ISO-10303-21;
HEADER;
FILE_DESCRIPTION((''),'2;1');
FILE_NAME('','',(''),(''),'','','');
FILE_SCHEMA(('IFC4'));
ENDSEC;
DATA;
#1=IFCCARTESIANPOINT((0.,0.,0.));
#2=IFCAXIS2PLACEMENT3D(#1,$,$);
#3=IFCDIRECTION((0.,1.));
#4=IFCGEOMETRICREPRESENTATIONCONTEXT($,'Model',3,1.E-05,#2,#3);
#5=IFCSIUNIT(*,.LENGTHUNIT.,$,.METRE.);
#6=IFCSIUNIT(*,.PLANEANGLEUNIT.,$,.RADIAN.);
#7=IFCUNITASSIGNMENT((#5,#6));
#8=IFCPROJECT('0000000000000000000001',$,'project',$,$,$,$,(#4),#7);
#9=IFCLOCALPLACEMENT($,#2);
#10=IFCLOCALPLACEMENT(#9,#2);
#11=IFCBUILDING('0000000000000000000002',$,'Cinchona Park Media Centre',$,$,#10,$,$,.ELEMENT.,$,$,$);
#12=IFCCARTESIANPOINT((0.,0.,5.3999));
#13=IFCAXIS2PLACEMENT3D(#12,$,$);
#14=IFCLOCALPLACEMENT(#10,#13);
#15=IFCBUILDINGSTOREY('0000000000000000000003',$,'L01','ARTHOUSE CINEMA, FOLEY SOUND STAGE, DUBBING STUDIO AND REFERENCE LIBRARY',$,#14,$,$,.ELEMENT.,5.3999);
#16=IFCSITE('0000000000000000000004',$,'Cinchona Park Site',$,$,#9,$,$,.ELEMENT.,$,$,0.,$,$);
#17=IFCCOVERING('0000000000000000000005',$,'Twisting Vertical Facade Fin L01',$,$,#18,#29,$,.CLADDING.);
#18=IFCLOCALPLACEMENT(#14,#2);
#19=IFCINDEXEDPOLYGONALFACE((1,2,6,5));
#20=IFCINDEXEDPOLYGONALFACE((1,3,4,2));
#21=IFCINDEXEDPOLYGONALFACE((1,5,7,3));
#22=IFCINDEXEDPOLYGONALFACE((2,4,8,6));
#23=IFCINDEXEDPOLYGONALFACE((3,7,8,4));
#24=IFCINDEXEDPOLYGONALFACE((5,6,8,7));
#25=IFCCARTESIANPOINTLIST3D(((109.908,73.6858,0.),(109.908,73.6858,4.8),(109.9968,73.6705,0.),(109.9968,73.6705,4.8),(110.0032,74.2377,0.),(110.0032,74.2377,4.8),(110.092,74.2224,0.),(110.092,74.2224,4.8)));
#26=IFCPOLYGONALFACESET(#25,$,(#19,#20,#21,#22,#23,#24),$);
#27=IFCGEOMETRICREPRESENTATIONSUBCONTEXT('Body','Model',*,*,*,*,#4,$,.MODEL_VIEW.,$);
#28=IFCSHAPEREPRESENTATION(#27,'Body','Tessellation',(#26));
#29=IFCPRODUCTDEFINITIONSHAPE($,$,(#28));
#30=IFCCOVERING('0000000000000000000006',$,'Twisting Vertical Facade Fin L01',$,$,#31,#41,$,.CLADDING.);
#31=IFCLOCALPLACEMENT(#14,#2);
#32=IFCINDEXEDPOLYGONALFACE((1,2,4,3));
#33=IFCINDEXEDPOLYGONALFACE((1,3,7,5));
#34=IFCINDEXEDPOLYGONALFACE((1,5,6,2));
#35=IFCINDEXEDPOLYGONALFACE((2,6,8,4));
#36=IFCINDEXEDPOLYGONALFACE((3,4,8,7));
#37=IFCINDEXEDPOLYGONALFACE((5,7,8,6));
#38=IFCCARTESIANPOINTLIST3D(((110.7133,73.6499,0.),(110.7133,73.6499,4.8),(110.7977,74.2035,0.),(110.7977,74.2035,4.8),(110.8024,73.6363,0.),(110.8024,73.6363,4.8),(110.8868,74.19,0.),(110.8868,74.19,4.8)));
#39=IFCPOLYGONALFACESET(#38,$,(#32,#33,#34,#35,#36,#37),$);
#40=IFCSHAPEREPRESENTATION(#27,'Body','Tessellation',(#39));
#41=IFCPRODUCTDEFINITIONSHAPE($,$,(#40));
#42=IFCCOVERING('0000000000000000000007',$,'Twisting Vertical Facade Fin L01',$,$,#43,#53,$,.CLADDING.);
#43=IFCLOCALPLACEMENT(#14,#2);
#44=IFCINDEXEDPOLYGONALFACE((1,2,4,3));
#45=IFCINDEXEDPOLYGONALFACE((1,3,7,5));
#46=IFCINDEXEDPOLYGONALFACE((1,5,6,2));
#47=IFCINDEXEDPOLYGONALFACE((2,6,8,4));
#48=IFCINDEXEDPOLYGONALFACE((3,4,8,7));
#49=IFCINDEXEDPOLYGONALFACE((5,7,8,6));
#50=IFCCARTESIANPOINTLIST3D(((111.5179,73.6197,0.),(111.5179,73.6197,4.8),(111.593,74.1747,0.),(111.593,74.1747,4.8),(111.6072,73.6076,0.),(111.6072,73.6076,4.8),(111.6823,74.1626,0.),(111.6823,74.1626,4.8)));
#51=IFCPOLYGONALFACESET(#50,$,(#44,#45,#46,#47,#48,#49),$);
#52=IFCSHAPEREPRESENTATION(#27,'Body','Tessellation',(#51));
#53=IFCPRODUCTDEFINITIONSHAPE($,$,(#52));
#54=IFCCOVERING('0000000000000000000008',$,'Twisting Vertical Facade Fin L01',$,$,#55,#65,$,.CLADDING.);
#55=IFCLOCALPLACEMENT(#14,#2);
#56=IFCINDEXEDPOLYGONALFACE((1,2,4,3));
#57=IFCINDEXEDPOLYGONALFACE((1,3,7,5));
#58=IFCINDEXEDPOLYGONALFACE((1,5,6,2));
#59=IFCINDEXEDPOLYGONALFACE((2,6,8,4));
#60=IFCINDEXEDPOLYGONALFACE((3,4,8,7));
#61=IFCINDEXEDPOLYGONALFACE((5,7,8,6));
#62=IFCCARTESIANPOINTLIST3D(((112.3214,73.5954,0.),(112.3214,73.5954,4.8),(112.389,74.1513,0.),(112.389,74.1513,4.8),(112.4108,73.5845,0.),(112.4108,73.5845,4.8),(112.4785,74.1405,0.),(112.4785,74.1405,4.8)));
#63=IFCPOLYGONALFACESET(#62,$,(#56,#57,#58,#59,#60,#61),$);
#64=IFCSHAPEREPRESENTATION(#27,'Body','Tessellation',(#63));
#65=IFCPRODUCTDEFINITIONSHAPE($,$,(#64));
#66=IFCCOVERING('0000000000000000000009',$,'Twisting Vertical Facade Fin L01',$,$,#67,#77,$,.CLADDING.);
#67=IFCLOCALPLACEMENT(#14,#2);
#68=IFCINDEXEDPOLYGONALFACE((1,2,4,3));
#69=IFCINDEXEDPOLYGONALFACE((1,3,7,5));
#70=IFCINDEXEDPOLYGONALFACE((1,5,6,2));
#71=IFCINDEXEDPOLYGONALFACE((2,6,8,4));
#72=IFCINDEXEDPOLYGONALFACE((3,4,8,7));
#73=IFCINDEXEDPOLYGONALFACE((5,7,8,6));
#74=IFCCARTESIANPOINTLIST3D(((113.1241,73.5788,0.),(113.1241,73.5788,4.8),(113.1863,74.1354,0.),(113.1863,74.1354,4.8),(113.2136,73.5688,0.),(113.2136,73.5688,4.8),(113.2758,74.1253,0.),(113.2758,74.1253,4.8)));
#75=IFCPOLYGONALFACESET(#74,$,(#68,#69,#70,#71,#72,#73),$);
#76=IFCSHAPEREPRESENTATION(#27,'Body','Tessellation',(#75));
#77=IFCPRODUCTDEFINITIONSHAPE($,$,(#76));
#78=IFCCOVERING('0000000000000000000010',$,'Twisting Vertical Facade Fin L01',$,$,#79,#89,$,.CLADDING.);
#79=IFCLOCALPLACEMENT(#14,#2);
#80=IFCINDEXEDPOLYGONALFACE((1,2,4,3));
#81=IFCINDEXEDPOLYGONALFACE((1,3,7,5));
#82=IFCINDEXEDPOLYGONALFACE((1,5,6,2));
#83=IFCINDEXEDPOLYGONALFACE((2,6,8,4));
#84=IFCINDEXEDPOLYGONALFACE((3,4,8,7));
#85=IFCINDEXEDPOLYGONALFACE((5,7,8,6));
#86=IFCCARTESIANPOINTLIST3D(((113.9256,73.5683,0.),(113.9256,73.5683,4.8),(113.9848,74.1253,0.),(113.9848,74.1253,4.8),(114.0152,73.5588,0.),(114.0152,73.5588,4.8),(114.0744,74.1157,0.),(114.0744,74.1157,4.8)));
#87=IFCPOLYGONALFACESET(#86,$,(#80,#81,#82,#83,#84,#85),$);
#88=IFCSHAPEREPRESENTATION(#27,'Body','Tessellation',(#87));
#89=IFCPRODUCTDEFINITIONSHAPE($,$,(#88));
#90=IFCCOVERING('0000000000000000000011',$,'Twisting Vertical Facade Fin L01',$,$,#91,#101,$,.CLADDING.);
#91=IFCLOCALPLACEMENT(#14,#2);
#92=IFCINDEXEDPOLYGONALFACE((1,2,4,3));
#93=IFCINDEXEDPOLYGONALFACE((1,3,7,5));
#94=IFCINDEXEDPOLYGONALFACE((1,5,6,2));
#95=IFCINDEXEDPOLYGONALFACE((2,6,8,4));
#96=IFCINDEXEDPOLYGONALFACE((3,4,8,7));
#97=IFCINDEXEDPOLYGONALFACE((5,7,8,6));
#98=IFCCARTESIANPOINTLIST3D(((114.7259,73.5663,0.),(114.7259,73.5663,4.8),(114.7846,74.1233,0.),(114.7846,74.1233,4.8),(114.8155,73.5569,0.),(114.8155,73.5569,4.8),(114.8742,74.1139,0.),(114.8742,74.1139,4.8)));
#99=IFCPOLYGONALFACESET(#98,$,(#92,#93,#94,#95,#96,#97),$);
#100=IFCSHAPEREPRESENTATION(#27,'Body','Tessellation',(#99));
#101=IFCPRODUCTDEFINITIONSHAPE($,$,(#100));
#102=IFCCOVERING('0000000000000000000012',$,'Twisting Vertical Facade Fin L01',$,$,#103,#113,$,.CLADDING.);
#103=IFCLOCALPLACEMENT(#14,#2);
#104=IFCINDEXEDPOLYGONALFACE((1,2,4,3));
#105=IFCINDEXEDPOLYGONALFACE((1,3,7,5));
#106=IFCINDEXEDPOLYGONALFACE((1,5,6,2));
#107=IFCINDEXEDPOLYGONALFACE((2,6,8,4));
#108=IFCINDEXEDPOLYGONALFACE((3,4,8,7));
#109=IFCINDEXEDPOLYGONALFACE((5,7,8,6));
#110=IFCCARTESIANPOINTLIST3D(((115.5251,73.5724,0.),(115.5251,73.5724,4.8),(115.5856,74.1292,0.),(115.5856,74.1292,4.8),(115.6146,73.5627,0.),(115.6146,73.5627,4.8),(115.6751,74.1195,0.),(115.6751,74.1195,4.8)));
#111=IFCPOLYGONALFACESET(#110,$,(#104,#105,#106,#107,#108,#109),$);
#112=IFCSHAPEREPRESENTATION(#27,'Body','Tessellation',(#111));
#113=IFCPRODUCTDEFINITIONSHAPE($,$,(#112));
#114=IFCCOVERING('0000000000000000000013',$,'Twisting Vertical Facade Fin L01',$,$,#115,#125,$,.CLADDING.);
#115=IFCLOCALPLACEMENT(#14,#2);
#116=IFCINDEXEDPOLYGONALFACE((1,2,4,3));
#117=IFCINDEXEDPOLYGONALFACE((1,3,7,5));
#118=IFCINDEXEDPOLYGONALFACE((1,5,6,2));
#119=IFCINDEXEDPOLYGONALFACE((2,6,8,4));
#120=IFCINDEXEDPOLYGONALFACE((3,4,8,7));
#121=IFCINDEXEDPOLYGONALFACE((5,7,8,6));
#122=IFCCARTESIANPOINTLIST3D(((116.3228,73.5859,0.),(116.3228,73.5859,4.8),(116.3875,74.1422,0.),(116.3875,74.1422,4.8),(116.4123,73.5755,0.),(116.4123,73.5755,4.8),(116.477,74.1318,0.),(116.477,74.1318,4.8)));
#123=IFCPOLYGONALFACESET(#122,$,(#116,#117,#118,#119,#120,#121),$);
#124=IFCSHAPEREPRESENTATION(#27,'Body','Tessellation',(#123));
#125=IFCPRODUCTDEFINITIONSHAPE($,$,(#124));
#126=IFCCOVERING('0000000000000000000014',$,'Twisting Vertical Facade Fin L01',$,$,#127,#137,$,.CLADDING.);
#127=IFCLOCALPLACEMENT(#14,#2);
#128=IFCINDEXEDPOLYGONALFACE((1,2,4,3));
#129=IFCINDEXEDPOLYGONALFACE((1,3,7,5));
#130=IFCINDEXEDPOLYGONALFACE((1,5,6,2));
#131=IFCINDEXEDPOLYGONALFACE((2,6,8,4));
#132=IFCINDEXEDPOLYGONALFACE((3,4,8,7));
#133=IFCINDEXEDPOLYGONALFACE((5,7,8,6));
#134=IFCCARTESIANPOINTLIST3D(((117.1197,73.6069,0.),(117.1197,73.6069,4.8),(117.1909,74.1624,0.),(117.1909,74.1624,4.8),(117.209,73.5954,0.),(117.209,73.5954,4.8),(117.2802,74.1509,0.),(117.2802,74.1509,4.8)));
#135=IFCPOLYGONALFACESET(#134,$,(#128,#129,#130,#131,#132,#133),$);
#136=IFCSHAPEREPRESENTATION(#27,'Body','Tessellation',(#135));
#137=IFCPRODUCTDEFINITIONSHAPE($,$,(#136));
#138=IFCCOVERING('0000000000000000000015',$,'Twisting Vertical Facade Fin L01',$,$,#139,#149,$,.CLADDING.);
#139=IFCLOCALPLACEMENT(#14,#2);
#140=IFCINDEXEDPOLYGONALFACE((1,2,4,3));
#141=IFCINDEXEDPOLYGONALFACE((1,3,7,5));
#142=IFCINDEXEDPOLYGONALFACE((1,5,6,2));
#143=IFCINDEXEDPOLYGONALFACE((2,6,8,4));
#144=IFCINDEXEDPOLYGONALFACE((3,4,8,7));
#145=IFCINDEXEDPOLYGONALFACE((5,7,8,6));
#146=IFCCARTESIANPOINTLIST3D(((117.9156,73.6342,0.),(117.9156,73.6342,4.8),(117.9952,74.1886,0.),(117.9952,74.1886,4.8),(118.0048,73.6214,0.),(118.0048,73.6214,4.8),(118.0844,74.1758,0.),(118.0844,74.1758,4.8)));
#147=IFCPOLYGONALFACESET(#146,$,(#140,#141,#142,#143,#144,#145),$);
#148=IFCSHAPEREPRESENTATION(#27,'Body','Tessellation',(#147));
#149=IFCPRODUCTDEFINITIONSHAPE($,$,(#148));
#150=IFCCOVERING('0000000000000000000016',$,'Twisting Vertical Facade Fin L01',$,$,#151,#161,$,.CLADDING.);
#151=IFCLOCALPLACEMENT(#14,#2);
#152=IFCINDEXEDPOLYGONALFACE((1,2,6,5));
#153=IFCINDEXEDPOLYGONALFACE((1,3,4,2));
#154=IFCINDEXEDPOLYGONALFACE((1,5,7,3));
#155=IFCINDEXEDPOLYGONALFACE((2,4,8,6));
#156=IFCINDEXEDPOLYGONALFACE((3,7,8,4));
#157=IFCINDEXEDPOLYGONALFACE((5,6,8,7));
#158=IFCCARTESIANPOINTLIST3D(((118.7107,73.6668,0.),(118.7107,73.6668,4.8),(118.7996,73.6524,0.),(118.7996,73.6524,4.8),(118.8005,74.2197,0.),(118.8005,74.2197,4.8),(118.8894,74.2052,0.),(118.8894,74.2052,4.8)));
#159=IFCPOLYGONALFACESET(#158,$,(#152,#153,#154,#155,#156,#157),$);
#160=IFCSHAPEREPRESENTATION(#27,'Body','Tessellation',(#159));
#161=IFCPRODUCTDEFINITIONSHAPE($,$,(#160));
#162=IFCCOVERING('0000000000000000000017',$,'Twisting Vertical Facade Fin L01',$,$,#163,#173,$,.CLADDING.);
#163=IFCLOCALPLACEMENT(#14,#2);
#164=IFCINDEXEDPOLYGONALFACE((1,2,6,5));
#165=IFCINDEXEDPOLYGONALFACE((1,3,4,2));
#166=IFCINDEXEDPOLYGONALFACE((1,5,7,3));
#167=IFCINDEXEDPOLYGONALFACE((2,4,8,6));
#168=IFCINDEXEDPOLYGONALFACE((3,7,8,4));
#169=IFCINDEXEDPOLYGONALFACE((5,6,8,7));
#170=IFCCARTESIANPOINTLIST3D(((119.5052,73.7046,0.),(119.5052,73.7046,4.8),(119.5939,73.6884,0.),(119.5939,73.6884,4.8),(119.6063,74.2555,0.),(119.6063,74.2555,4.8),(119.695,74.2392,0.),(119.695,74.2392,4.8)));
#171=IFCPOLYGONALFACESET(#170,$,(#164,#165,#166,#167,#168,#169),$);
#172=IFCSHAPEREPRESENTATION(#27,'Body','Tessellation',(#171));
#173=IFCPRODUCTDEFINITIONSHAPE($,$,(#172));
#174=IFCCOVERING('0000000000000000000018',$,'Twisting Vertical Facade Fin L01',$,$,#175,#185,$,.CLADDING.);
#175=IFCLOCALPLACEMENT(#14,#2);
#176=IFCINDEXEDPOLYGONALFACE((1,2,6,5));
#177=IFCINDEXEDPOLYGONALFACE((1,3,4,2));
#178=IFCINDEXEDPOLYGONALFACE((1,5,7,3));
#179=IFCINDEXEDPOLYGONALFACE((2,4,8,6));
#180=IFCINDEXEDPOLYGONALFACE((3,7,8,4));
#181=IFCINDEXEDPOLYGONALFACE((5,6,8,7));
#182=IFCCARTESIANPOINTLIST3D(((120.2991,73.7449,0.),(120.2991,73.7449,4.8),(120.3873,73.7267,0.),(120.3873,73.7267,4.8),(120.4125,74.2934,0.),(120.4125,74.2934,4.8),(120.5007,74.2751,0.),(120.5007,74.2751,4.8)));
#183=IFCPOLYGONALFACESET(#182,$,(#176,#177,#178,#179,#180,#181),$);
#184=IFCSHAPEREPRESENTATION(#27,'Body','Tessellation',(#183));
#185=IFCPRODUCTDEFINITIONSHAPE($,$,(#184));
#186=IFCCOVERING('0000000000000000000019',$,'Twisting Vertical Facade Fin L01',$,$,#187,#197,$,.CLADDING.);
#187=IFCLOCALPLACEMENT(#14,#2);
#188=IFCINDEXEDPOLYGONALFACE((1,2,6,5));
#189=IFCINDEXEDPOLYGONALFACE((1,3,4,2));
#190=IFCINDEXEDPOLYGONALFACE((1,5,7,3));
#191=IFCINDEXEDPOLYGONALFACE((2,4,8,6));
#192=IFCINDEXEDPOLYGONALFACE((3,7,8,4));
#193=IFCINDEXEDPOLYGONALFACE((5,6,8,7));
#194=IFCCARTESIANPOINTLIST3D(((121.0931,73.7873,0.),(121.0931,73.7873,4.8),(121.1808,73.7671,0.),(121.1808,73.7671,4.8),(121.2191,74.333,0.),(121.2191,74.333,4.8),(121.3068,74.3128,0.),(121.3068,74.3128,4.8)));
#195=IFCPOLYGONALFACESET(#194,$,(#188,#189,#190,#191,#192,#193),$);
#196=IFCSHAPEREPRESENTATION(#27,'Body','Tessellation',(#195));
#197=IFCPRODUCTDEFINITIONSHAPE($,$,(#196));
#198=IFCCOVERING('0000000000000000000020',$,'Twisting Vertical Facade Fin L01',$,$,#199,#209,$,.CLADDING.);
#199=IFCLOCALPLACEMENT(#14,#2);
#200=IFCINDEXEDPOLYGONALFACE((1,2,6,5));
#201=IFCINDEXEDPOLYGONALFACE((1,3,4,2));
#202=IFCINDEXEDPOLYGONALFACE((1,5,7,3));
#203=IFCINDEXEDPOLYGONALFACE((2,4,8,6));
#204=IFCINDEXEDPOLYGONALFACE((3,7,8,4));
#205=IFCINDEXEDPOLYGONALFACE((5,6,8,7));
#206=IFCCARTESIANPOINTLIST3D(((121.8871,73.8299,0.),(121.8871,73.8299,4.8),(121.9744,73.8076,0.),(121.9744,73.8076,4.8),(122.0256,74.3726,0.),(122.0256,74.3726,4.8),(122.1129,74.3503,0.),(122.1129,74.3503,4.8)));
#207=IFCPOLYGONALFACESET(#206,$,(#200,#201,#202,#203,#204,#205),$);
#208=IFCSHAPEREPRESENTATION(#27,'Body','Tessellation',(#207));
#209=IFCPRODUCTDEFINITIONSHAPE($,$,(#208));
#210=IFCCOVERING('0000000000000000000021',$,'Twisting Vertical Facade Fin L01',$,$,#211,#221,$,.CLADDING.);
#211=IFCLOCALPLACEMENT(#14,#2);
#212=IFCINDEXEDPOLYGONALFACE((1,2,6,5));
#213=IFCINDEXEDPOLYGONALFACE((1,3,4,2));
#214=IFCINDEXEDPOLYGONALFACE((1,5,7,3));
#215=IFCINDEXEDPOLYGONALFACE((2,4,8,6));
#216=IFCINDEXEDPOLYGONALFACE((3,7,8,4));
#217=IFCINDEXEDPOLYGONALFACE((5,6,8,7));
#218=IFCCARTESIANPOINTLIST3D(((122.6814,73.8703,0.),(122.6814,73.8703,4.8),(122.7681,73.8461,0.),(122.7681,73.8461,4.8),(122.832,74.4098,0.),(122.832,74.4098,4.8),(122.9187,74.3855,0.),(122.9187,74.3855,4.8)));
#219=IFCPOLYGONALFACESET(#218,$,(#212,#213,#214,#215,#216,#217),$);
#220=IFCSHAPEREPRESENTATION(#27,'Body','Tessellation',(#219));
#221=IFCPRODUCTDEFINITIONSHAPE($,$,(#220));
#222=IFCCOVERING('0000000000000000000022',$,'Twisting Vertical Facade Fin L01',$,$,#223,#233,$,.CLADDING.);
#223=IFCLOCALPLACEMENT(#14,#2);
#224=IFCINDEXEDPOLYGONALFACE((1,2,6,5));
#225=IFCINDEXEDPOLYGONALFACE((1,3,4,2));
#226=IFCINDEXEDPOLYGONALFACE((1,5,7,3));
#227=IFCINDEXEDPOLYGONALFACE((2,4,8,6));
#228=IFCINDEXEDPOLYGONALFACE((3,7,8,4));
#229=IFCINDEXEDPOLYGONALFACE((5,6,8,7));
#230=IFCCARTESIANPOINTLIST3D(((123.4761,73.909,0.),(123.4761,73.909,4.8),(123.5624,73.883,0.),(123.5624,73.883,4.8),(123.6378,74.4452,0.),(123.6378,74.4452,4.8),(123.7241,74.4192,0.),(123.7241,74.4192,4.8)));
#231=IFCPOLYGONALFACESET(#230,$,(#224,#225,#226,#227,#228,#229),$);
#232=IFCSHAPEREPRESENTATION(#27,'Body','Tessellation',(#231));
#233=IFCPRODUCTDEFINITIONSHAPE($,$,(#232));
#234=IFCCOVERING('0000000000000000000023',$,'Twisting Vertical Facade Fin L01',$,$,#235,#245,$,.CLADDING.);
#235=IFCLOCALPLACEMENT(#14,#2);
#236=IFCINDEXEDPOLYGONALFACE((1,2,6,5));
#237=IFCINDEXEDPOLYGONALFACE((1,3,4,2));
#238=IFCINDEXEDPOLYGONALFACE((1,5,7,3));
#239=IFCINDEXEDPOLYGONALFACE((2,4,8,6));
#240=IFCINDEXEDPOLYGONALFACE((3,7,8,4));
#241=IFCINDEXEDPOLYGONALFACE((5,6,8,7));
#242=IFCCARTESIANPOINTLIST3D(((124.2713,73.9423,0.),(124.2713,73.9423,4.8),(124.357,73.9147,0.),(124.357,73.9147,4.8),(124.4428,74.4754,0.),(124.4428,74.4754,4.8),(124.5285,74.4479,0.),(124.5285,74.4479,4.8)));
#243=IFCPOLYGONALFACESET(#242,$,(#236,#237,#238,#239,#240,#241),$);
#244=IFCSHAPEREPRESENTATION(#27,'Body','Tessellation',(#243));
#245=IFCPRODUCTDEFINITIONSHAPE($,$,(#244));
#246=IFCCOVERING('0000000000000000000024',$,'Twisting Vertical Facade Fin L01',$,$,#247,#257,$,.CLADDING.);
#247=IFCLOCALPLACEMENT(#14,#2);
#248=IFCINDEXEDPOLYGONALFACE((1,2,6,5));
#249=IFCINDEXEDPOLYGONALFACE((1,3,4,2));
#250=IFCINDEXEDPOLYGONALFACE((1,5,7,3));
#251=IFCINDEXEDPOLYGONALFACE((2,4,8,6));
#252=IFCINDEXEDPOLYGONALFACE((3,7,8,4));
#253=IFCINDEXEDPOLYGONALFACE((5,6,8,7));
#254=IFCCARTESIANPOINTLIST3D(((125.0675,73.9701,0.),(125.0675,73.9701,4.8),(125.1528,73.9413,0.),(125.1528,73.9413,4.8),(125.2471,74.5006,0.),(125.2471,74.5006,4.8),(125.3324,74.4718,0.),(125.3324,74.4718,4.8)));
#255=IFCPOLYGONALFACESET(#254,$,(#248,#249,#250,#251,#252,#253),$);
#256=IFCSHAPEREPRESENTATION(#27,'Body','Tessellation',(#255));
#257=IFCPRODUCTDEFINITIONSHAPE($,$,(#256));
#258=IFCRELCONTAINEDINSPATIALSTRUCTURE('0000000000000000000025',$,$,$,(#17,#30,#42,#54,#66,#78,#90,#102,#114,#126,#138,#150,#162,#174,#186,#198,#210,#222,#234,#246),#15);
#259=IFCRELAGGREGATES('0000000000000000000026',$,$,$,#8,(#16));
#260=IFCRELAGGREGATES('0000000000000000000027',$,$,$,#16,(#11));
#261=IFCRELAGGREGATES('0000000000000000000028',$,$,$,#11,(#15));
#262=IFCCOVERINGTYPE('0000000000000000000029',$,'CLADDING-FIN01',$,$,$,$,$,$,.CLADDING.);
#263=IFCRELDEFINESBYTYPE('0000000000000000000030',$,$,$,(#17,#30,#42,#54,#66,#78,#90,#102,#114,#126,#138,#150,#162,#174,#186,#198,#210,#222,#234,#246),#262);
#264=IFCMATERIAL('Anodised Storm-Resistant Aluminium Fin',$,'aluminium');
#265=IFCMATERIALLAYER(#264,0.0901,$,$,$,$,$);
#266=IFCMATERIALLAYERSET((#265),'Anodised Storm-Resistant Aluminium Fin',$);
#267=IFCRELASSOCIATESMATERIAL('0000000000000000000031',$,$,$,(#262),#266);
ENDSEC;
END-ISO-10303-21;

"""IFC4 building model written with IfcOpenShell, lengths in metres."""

from ifc_helpers import new_model, si_unit, direction, frame, origin, origin_2d, place, context, subcontext, project, spatial, rectangle, extrude, material, layer, layer_set, type_object, element, save


model = new_model("IFC4")

# Units and contexts
model_context = context("Model", 3, precision=1e-05, world=origin(), true_north=direction((0.0, 1.0)))
body_context = subcontext(model_context, "Body", "Model", "MODEL_VIEW")
ifc_project = project(units=[si_unit("LENGTHUNIT", "METRE"), si_unit("PLANEANGLEUNIT", "RADIAN")], contexts=[model_context])

# Site, building, storey
site_placement = place(None, origin())
site = spatial("IfcSite", under=ifc_project, at=site_placement, Name="Cinchona Park Site", CompositionType="ELEMENT", RefElevation=0.0)
building_placement = place(site_placement, origin())
building = spatial("IfcBuilding", under=site, at=building_placement, Name="Cinchona Park Media Centre", CompositionType="ELEMENT")
storey_placement = place(building_placement, frame((0.0, 0.0, 5.3999)))
storey = spatial("IfcBuildingStorey", under=building, at=storey_placement, Name="L01", Description="ARTHOUSE CINEMA, FOLEY SOUND STAGE, DUBBING STUDIO AND REFERENCE LIBRARY", CompositionType="ELEMENT", Elevation=5.3999)

# Coverings
ifc_material_1 = material(Name="Anodised Storm-Resistant Aluminium Fin", Category="aluminium")
ifc_layer = layer(ifc_material_1, 0.0901)
ifc_layer_set = layer_set([ifc_layer], Name="Anodised Storm-Resistant Aluminium Fin")
covering_type = type_object("IfcCoveringType", Name="CLADDING-FIN01", PredefinedType="CLADDING", material=ifc_layer_set)
for number, where, z_axis, x_axis, name in (
    (1, (110.0, 73.9541, 0.0), (0.0, 0.0, 1.0), (0.170038, 0.985438, 0.0), "Twisting Vertical Facade Fin L01"),
    (2, (110.8, 73.9199, 0.0), (0.0, 0.0, 1.0), (0.150743, 0.988573, 0.0), "Twisting Vertical Facade Fin L01"),
    (3, (111.6001, 73.8911, 0.0), (0.0, 0.0, 1.0), (0.134159, 0.99096, 0.0), "Twisting Vertical Facade Fin L01"),
    (4, (112.3999, 73.8679, 0.0), (0.0, 0.0, 1.0), (0.12083, 0.992673, 0.0), "Twisting Vertical Facade Fin L01"),
    (5, (113.2, 73.8521, 0.0), (0.0, 0.0, 1.0), (0.111122, 0.993807, 0.0), "Twisting Vertical Facade Fin L01"),
    (6, (114.0, 73.842, 0.0), (0.0, 0.0, 1.0), (0.105743, 0.994393, 0.0), "Twisting Vertical Facade Fin L01"),
    (7, (114.8, 73.8401, 0.0), (0.0, 0.0, 1.0), (0.104702, 0.994504, 0.0), "Twisting Vertical Facade Fin L01"),
    (8, (115.6001, 73.8459, 0.0), (0.0, 0.0, 1.0), (0.107999, 0.994151, 0.0), "Twisting Vertical Facade Fin L01"),
    (9, (116.3999, 73.8589, 0.0), (0.0, 0.0, 1.0), (0.115457, 0.993312, 0.0), "Twisting Vertical Facade Fin L01"),
    (10, (117.2, 73.8789, 0.0), (0.0, 0.0, 1.0), (0.127065, 0.991894, 0.0), "Twisting Vertical Facade Fin L01"),
    (11, (118.0, 73.905, 0.0), (0.0, 0.0, 1.0), (0.142111, 0.989851, 0.0), "Twisting Vertical Facade Fin L01"),
    (12, (118.8, 73.936, 0.0), (0.0, 0.0, 1.0), (0.160226, 0.98708, 0.0), "Twisting Vertical Facade Fin L01"),
    (13, (119.6001, 73.9719, 0.0), (0.0, 0.0, 1.0), (0.180519, 0.983571, 0.0), "Twisting Vertical Facade Fin L01"),
    (14, (120.3999, 74.01, 0.0), (0.0, 0.0, 1.0), (0.202445, 0.979294, 0.0), "Twisting Vertical Facade Fin L01"),
    (15, (121.2, 74.05, 0.0), (0.0, 0.0, 1.0), (0.224951, 0.97437, 0.0), "Twisting Vertical Facade Fin L01"),
    (16, (122.0, 74.0901, 0.0), (0.0, 0.0, 1.0), (0.247337, 0.968929, 0.0), "Twisting Vertical Facade Fin L01"),
    (17, (122.8, 74.1279, 0.0), (0.0, 0.0, 1.0), (0.26892, 0.963163, 0.0), "Twisting Vertical Facade Fin L01"),
    (18, (123.6001, 74.1641, 0.0), (0.0, 0.0, 1.0), (0.288698, 0.95742, 0.0), "Twisting Vertical Facade Fin L01"),
    (19, (124.3999, 74.1951, 0.0), (0.0, 0.0, 1.0), (0.306194, 0.951969, 0.0), "Twisting Vertical Facade Fin L01"),
    (20, (125.2, 74.2209, 0.0), (0.0, 0.0, 1.0), (0.320613, 0.94721, 0.0), "Twisting Vertical Facade Fin L01"),
):
    element("IfcCovering", number, at=place(storey_placement, frame(where, z_axis=z_axis, x_axis=x_axis)), inside=storey, type_object=covering_type, Name=name, PredefinedType="CLADDING", context=body_context, shape_type="SweptSolid", body=[
        extrude(rectangle(XDim=0.5601, YDim=0.0901, at=origin_2d()), origin(), (0.0, 0.0, 1.0), 4.8),
    ])

save(model, "model.ifc")
